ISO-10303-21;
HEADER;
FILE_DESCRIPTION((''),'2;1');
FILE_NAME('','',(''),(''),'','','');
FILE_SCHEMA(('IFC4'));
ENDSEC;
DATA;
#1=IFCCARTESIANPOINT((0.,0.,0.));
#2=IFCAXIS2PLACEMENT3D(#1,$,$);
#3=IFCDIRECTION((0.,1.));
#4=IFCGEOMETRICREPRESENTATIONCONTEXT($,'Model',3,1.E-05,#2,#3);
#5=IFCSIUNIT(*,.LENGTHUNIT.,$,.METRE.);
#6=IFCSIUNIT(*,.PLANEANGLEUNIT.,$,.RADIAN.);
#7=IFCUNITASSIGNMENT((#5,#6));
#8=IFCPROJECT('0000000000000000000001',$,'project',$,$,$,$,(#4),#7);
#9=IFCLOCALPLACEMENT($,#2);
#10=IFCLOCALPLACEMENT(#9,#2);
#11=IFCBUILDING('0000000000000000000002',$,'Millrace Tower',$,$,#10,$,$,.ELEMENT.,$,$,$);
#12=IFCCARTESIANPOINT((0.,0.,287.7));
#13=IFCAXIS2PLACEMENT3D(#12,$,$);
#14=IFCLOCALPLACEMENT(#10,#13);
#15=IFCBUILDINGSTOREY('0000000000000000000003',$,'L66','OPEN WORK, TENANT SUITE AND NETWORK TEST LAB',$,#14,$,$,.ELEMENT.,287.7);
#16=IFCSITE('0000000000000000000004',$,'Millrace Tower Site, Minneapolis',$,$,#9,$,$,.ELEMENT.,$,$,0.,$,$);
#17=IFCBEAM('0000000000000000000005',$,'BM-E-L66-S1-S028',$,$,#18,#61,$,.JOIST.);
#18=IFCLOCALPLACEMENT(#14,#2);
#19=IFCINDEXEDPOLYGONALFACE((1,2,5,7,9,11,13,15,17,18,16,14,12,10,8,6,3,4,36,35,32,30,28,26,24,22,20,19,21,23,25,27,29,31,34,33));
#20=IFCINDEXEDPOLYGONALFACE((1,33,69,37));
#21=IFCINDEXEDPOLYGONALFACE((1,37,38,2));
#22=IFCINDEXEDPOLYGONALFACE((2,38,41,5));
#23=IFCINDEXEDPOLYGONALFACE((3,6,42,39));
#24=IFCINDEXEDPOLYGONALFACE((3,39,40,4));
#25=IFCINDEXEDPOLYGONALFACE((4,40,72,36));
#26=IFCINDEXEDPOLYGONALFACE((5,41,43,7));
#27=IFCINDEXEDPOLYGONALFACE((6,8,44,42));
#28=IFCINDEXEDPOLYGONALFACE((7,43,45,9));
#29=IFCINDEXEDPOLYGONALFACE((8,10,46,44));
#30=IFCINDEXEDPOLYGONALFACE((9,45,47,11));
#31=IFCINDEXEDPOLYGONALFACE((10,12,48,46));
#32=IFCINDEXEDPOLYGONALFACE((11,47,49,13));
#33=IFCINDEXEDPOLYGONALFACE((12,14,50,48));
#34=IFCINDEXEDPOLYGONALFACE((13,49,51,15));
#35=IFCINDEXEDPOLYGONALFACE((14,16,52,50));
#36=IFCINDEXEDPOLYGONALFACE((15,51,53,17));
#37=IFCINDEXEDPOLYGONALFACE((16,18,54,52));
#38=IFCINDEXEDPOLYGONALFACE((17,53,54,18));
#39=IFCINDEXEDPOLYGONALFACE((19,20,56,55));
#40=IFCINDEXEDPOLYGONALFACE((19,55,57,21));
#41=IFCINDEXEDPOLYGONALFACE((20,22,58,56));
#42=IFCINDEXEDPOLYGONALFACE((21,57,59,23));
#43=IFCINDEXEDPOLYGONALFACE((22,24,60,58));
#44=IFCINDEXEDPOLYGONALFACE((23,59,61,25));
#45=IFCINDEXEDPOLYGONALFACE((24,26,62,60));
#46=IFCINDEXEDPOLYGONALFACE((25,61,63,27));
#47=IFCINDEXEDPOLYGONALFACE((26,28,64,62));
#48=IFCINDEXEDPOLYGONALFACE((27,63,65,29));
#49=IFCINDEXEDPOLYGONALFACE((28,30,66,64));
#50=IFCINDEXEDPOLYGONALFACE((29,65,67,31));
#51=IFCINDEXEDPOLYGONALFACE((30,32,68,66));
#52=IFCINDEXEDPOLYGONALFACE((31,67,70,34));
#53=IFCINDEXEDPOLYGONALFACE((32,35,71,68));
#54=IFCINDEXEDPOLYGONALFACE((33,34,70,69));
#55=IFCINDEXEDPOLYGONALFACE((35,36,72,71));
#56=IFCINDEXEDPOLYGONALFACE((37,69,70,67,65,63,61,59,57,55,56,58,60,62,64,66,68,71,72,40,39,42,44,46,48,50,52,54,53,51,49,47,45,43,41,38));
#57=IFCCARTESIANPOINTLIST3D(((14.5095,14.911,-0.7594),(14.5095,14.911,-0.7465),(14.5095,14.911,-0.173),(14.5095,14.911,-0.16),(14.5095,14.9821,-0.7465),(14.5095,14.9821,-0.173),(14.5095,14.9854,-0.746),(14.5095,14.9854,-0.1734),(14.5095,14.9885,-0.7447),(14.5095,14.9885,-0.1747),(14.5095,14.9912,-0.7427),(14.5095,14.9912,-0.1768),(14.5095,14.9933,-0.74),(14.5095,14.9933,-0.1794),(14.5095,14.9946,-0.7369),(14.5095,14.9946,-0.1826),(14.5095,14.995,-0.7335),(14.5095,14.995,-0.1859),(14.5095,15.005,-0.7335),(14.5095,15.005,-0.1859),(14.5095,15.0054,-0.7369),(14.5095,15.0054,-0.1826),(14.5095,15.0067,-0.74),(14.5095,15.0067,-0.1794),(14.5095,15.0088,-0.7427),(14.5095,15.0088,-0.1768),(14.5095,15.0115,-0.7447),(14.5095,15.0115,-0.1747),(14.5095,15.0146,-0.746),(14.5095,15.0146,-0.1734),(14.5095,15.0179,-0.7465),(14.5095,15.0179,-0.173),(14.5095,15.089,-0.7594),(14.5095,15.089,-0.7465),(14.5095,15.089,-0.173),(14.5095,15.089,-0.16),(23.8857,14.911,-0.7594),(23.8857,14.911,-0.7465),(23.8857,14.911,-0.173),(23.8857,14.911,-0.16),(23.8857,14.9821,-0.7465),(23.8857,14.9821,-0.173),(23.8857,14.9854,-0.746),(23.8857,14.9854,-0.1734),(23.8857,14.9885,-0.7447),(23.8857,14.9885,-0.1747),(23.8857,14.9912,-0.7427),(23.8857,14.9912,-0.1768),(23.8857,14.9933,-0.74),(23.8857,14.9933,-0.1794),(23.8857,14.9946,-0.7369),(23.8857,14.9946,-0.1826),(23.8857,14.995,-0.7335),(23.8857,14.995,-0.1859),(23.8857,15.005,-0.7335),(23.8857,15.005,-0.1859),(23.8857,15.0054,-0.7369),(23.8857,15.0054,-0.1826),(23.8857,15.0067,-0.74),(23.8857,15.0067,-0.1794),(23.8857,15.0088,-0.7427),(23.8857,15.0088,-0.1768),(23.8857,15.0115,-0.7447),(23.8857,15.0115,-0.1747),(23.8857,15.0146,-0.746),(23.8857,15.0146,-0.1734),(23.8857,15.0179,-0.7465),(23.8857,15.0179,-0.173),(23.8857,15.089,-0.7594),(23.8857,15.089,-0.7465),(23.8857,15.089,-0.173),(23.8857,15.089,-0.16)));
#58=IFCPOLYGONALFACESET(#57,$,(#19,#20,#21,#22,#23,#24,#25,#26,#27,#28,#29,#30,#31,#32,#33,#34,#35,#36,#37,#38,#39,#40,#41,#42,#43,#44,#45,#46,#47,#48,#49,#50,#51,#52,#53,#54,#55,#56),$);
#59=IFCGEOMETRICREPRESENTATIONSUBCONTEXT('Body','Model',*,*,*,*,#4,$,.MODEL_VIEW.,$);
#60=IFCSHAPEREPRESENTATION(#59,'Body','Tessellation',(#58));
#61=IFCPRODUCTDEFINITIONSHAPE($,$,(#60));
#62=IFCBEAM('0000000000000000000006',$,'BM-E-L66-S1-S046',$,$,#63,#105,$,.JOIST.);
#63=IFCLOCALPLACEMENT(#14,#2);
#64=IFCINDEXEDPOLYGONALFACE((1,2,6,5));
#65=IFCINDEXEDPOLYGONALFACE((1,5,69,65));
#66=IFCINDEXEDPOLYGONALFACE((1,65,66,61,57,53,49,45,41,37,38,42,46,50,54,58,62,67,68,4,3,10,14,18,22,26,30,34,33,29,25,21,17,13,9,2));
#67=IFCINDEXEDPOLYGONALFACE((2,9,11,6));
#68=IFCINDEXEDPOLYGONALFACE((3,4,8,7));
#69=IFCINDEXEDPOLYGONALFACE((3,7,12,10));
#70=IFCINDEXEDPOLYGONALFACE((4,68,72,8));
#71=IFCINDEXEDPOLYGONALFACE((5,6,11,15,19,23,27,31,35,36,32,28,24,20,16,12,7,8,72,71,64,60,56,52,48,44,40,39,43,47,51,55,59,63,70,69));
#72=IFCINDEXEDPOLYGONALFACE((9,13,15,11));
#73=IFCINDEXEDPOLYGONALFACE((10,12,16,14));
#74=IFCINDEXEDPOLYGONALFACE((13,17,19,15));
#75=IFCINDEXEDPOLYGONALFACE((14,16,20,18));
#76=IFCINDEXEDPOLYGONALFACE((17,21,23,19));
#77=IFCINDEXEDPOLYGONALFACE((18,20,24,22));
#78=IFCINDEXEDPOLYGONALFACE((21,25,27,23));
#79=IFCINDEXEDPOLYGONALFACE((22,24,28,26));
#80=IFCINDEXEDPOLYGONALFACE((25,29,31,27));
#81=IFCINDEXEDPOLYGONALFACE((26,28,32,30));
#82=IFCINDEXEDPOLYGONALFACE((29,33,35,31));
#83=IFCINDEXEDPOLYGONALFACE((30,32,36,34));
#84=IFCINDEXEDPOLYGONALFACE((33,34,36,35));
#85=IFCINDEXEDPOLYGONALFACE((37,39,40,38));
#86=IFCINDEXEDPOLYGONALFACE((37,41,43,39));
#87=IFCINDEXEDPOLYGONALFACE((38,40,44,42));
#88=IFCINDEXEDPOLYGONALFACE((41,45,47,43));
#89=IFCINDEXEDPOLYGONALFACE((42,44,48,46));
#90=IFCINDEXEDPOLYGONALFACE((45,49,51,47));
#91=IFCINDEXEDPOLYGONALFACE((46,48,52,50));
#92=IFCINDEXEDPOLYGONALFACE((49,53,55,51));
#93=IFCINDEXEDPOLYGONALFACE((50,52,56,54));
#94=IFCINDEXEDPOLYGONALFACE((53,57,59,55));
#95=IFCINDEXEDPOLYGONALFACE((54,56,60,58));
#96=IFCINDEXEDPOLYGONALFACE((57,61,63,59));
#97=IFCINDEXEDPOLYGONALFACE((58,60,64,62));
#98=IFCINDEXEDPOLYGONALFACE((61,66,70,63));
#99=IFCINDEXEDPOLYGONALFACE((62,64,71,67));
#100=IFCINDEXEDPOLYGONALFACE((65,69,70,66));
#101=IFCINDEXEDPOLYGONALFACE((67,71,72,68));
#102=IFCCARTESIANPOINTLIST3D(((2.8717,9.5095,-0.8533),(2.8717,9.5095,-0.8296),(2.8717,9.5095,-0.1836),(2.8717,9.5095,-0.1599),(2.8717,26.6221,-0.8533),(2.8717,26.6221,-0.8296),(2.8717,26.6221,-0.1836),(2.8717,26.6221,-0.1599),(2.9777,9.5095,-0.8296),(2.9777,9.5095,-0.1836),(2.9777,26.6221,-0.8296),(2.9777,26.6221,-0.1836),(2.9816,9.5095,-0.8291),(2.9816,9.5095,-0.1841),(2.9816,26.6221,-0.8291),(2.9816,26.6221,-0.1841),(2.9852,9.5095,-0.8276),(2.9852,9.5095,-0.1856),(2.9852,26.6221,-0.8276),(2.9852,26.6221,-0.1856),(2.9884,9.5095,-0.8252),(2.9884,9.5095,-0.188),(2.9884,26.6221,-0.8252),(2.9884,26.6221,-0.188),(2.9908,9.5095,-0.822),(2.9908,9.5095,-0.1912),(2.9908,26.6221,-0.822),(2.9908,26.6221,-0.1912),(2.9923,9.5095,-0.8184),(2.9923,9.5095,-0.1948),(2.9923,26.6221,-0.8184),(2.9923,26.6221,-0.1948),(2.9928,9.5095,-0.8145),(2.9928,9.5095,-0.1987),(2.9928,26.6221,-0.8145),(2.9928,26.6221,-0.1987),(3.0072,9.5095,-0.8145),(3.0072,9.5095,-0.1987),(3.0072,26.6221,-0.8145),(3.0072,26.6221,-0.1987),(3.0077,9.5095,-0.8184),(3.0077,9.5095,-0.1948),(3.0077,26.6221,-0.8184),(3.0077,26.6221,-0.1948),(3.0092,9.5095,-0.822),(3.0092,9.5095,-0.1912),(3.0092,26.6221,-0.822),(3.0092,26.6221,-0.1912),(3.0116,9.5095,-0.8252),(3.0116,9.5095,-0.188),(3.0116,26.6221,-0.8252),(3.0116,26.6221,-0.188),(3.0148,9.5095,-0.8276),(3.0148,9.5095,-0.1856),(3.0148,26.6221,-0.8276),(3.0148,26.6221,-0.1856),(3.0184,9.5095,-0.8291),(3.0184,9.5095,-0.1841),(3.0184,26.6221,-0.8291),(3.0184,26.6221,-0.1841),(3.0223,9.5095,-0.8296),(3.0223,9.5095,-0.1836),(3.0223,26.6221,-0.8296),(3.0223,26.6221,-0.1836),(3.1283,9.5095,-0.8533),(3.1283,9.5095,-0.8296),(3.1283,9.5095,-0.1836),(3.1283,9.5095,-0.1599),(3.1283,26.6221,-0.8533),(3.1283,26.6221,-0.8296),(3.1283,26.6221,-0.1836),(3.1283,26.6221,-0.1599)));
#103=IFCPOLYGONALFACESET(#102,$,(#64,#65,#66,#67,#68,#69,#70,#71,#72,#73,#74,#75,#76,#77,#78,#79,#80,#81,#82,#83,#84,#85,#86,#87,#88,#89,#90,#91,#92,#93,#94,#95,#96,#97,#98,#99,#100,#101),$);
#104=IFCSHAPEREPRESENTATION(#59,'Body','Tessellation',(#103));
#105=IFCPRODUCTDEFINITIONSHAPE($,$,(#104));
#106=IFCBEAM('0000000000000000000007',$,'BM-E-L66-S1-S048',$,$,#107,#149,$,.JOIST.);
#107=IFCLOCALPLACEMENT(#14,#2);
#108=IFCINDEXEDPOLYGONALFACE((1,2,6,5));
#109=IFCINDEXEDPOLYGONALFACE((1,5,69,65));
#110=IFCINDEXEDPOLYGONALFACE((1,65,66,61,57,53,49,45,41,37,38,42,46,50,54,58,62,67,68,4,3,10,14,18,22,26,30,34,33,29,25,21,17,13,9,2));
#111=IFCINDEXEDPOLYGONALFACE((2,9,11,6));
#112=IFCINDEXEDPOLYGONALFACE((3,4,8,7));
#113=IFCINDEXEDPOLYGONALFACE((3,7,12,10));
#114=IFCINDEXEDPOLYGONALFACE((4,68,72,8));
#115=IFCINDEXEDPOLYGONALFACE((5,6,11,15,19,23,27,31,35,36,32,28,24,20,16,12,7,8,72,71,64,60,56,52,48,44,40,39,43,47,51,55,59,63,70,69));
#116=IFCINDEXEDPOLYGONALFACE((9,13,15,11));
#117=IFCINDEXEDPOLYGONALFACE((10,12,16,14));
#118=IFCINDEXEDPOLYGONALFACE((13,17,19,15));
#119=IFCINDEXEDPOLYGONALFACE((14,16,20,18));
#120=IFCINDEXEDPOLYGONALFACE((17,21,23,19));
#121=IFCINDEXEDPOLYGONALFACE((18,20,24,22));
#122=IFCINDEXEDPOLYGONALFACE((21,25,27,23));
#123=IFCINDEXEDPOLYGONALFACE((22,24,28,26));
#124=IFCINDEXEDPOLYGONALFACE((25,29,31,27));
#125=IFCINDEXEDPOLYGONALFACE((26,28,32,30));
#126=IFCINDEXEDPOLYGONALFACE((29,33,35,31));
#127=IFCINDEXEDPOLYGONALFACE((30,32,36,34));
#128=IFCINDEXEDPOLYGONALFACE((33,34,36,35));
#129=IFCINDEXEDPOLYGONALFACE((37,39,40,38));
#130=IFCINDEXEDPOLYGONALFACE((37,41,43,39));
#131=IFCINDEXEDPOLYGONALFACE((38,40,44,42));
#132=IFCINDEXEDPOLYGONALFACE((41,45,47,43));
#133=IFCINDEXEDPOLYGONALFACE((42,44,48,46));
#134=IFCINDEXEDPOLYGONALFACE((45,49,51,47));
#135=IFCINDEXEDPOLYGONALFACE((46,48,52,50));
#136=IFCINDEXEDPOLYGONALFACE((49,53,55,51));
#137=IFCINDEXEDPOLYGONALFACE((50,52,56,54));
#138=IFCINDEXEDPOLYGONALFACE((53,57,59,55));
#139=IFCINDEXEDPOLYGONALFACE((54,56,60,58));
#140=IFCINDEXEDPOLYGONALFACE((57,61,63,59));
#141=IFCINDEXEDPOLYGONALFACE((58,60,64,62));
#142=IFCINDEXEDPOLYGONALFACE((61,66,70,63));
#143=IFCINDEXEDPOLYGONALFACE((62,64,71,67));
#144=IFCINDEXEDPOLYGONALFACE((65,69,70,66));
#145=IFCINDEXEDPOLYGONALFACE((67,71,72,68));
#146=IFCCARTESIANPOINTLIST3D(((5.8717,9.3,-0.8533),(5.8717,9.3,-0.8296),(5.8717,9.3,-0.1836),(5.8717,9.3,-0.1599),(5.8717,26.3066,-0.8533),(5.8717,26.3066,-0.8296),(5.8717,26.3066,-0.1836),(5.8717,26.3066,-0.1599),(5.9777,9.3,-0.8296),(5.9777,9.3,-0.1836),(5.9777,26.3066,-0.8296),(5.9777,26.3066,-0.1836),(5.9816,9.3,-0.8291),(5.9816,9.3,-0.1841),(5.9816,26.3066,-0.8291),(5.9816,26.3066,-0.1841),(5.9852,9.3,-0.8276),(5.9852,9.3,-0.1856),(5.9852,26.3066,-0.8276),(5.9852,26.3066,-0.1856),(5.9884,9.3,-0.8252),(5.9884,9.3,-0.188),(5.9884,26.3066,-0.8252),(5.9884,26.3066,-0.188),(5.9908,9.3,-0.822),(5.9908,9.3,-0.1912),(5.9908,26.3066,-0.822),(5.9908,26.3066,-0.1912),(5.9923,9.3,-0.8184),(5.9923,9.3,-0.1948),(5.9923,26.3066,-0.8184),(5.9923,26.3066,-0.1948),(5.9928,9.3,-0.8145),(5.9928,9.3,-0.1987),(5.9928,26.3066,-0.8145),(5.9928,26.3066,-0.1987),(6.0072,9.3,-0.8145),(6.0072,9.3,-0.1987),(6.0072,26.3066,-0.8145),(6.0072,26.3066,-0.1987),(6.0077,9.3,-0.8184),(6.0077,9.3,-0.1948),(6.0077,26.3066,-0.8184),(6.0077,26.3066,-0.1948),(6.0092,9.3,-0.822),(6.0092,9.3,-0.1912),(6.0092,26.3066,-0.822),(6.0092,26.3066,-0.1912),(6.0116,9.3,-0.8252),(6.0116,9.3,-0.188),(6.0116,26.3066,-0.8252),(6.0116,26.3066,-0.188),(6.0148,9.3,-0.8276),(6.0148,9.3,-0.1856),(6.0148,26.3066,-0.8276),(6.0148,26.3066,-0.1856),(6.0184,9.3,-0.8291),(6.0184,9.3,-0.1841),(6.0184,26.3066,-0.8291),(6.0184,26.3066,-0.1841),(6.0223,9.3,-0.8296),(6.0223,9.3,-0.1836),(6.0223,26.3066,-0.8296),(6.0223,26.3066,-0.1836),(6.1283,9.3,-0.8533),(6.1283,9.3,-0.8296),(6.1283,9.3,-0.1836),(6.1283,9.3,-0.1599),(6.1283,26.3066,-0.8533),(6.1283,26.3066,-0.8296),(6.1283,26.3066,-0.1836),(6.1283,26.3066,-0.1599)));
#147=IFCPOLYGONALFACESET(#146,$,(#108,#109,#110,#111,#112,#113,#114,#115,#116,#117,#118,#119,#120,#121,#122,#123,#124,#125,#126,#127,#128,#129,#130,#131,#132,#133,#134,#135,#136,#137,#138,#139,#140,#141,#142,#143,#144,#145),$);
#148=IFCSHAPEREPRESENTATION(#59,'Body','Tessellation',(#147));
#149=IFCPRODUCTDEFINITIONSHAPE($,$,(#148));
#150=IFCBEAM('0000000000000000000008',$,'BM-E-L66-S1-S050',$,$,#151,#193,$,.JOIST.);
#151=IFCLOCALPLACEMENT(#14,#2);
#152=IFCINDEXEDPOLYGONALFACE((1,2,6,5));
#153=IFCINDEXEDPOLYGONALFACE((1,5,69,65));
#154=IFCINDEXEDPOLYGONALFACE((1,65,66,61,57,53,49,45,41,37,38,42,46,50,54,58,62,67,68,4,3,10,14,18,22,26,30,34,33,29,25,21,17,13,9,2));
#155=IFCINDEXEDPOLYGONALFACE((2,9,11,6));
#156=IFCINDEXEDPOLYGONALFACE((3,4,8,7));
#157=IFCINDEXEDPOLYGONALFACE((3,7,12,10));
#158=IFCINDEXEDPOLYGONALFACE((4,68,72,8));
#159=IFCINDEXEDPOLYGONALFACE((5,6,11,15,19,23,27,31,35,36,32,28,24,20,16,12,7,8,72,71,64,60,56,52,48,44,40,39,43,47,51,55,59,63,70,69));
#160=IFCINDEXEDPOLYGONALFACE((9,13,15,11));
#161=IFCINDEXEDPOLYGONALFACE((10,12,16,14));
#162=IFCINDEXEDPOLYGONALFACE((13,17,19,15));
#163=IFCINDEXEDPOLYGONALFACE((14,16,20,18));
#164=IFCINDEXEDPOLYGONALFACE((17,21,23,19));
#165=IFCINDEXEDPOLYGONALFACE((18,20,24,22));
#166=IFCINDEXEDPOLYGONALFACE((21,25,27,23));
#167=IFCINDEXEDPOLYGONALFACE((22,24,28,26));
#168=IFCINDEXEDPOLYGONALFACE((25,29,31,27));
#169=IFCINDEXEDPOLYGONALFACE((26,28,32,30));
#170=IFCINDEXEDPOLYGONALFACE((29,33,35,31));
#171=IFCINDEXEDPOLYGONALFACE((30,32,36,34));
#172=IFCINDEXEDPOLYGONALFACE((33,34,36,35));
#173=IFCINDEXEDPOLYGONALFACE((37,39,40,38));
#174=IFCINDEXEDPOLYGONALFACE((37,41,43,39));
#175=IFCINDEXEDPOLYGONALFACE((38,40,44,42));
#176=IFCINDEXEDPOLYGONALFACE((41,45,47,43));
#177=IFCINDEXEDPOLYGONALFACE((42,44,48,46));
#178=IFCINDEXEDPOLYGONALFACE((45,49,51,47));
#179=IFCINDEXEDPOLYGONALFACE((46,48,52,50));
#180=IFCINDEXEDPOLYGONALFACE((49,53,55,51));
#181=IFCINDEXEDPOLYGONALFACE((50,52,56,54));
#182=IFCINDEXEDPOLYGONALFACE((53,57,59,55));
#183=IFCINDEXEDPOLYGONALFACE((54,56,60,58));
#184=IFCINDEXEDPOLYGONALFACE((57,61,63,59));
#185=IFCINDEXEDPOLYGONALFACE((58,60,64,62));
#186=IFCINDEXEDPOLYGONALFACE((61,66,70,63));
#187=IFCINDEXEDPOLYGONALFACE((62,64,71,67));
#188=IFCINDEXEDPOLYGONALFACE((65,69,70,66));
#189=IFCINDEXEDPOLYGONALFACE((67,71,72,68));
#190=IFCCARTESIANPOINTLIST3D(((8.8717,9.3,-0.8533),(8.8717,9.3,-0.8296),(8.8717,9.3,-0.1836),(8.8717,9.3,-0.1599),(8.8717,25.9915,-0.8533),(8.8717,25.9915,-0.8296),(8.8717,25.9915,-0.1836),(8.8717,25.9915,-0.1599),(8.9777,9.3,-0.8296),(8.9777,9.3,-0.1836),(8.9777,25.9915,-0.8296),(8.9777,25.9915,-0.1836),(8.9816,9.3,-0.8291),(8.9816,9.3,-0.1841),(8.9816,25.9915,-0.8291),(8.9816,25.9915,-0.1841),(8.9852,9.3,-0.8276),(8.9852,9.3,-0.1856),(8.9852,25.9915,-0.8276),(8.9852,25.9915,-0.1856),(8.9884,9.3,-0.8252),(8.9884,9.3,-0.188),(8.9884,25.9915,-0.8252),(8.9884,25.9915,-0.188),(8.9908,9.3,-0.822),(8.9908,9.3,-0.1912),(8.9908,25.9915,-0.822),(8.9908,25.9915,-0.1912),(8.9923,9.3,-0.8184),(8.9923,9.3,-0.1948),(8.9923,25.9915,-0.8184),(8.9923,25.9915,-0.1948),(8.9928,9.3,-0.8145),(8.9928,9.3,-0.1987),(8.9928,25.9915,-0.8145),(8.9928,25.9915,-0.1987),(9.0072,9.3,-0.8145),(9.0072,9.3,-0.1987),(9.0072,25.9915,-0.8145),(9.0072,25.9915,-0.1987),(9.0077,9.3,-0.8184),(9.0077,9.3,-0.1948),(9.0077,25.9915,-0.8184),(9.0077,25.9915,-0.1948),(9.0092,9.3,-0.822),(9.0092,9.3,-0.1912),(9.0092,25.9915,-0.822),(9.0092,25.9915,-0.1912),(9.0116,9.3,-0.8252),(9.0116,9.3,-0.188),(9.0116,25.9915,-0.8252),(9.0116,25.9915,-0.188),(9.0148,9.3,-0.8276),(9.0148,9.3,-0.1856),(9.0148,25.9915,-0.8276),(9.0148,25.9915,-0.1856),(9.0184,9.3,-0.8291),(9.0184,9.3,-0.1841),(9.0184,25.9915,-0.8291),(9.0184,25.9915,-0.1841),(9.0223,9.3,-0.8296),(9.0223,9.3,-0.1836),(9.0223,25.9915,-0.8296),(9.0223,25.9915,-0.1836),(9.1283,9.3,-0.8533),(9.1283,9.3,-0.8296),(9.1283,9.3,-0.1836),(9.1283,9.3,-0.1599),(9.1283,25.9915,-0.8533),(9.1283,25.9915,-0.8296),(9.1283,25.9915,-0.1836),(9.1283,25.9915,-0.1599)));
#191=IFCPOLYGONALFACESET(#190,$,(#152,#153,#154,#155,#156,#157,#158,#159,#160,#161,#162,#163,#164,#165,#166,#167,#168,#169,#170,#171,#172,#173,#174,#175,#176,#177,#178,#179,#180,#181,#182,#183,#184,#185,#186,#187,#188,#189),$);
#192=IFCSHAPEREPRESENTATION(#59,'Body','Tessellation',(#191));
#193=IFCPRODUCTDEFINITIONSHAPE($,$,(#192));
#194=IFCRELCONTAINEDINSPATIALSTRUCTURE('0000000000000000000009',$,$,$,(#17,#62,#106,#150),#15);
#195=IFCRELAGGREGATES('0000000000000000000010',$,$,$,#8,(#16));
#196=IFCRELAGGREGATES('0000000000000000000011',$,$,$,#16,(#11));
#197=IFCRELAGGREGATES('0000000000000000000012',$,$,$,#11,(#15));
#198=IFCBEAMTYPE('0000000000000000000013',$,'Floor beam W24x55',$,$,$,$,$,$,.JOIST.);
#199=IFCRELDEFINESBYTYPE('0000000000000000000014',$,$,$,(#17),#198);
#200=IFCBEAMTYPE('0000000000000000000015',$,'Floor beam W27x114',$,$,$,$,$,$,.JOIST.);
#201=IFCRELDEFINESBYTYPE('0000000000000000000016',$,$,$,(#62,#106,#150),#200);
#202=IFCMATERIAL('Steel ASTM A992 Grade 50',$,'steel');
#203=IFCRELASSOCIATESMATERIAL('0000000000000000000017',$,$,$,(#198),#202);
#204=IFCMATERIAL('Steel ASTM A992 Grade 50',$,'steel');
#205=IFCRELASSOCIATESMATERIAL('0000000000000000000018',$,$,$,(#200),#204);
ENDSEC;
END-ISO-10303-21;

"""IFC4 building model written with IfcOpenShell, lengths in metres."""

from ifc_helpers import new_model, si_unit, direction, frame, origin, origin_2d, place, context, subcontext, project, spatial, i_section, extrude, material, material_profile, profile_set, type_object, element, save


model = new_model("IFC4")

# Units and contexts
model_context = context("Model", 3, precision=1e-05, world=origin(), true_north=direction((0.0, 1.0)))
body_context = subcontext(model_context, "Body", "Model", "MODEL_VIEW")
ifc_project = project(units=[si_unit("LENGTHUNIT", "METRE"), si_unit("PLANEANGLEUNIT", "RADIAN")], contexts=[model_context])

# Site, building, storey
site_placement = place(None, origin())
site = spatial("IfcSite", under=ifc_project, at=site_placement, Name="Millrace Tower Site, Minneapolis", CompositionType="ELEMENT", RefElevation=0.0)
building_placement = place(site_placement, origin())
building = spatial("IfcBuilding", under=site, at=building_placement, Name="Millrace Tower", CompositionType="ELEMENT")
storey_placement = place(building_placement, frame((0.0, 0.0, 287.7)))
storey = spatial("IfcBuildingStorey", under=building, at=storey_placement, Name="L66", Description="OPEN WORK, TENANT SUITE AND NETWORK TEST LAB", CompositionType="ELEMENT", Elevation=287.7)

# Beams
ifc_material_1 = material(Name="Steel ASTM A992 Grade 50", Category="steel")
ifc_material_profile_1 = material_profile(ifc_material_1, i_section(OverallWidth=0.178, OverallDepth=0.5994, WebThickness=0.01, FlangeThickness=0.0129, FilletRadius=0.0129, at=origin_2d()))
ifc_profile_set_1 = profile_set([ifc_material_profile_1], Name="Steel ASTM A992 Grade 50")
beam_type_1 = type_object("IfcBeamType", Name="Floor beam W24x55", PredefinedType="JOIST", material=ifc_profile_set_1)
beam_1_placement = place(storey_placement, frame((14.5095, 15.0, -0.4597), z_axis=(1.0, 0.0, 0.0), x_axis=(0.0, 1.0, 0.0)))
element("IfcBeam", 1, at=beam_1_placement, inside=storey, type_object=beam_type_1, Name="BM-E-L66-S1-S028", PredefinedType="JOIST", context=body_context, shape_type="SweptSolid", body=[
    extrude(i_section(OverallWidth=0.178, OverallDepth=0.5994, WebThickness=0.01, FlangeThickness=0.0129, FilletRadius=0.0129, at=origin_2d()), origin(), (0.0, 0.0, 1.0), 9.3762),
])
ifc_material_2 = material(Name="Steel ASTM A992 Grade 50", Category="steel")
ifc_material_profile_2 = material_profile(ifc_material_2, i_section(OverallWidth=0.2566, OverallDepth=0.6934, WebThickness=0.0144, FlangeThickness=0.0237, FilletRadius=0.0151, at=origin_2d()))
ifc_profile_set_2 = profile_set([ifc_material_profile_2], Name="Steel ASTM A992 Grade 50")
beam_type_2 = type_object("IfcBeamType", Name="Floor beam W27x114", PredefinedType="JOIST", material=ifc_profile_set_2)
beam_2_placement = place(storey_placement, frame((3.0, 9.5095, -0.5066), z_axis=(0.0, 1.0, 0.0), x_axis=(-1.0, 0.0, 0.0)))
element("IfcBeam", 2, at=beam_2_placement, inside=storey, type_object=beam_type_2, Name="BM-E-L66-S1-S046", PredefinedType="JOIST", context=body_context, shape_type="SweptSolid", body=[
    extrude(i_section(OverallWidth=0.2566, OverallDepth=0.6934, WebThickness=0.0144, FlangeThickness=0.0237, FilletRadius=0.0151, at=origin_2d()), origin(), (0.0, 0.0, 1.0), 17.1125),
])
beam_3_placement = place(storey_placement, frame((6.0, 9.3, -0.5066), z_axis=(0.0, 1.0, 0.0), x_axis=(-1.0, 0.0, 0.0)))
element("IfcBeam", 3, at=beam_3_placement, inside=storey, type_object=beam_type_2, Name="BM-E-L66-S1-S048", PredefinedType="JOIST", context=body_context, shape_type="SweptSolid", body=[
    extrude(i_section(OverallWidth=0.2566, OverallDepth=0.6934, WebThickness=0.0144, FlangeThickness=0.0237, FilletRadius=0.0151, at=origin_2d()), origin(), (0.0, 0.0, 1.0), 17.0066),
])
beam_4_placement = place(storey_placement, frame((9.0, 9.3, -0.5066), z_axis=(0.0, 1.0, 0.0), x_axis=(-1.0, 0.0, 0.0)))
element("IfcBeam", 4, at=beam_4_placement, inside=storey, type_object=beam_type_2, Name="BM-E-L66-S1-S050", PredefinedType="JOIST", context=body_context, shape_type="SweptSolid", body=[
    extrude(i_section(OverallWidth=0.2566, OverallDepth=0.6934, WebThickness=0.0144, FlangeThickness=0.0237, FilletRadius=0.0151, at=origin_2d()), origin(), (0.0, 0.0, 1.0), 16.6914),
])

save(model, "model.ifc")
